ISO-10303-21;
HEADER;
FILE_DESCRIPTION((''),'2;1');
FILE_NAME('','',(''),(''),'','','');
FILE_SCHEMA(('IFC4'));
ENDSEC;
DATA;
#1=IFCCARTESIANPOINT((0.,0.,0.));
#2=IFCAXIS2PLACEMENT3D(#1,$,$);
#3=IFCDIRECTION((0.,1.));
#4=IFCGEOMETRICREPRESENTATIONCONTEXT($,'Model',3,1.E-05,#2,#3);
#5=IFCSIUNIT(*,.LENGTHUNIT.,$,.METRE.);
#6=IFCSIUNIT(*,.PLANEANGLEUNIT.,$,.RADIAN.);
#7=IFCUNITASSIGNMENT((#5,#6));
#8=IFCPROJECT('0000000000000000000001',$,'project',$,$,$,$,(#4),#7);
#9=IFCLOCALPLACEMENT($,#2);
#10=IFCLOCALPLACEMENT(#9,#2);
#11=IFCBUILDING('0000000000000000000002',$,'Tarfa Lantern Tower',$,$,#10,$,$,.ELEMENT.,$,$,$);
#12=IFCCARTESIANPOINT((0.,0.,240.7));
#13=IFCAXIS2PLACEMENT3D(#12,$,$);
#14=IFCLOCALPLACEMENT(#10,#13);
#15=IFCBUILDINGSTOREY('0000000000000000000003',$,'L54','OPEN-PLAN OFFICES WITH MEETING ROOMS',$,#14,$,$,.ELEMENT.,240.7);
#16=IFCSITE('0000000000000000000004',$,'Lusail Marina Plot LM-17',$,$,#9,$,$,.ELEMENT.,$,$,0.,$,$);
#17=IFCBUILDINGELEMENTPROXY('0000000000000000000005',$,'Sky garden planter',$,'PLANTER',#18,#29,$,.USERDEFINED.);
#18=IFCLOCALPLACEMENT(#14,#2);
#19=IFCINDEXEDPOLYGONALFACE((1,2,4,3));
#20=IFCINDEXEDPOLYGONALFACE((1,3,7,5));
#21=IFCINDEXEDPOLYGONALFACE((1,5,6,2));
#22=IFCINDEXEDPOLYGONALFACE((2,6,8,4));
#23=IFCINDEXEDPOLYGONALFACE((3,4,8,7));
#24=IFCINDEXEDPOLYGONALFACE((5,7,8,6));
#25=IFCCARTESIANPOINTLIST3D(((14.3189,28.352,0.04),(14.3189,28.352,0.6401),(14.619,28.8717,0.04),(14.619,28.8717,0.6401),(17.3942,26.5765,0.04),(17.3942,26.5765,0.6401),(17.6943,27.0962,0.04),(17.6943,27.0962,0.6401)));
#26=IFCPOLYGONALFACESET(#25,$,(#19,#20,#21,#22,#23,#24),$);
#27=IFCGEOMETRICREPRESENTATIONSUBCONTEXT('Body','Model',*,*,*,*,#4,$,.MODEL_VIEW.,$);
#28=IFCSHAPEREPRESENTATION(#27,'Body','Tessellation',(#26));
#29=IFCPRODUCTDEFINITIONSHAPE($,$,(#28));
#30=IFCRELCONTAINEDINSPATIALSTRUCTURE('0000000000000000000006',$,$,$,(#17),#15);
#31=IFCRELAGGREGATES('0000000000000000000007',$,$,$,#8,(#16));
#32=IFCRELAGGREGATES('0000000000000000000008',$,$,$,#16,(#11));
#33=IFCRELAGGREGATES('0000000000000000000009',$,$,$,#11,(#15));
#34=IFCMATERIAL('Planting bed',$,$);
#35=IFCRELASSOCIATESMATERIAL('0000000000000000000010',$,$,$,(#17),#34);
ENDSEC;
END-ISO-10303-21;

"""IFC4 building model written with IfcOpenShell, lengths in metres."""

from ifc_helpers import new_model, si_unit, direction, frame, origin, origin_2d, place, context, subcontext, project, spatial, rectangle, extrude, material, element, save


model = new_model("IFC4")

# Units and contexts
model_context = context("Model", 3, precision=1e-05, world=origin(), true_north=direction((0.0, 1.0)))
body_context = subcontext(model_context, "Body", "Model", "MODEL_VIEW")
ifc_project = project(units=[si_unit("LENGTHUNIT", "METRE"), si_unit("PLANEANGLEUNIT", "RADIAN")], contexts=[model_context])

# Site, building, storey
site_placement = place(None, origin())
site = spatial("IfcSite", under=ifc_project, at=site_placement, Name="Lusail Marina Plot LM-17", CompositionType="ELEMENT", RefElevation=0.0)
building_placement = place(site_placement, origin())
building = spatial("IfcBuilding", under=site, at=building_placement, Name="Tarfa Lantern Tower", CompositionType="ELEMENT")
storey_placement = place(building_placement, frame((0.0, 0.0, 240.7)))
storey = spatial("IfcBuildingStorey", under=building, at=storey_placement, Name="L54", Description="OPEN-PLAN OFFICES WITH MEETING ROOMS", CompositionType="ELEMENT", Elevation=240.7)

# Building element proxy
ifc_material_1 = material(Name="Planting bed")
proxy_placement = place(storey_placement, frame((16.0066, 27.7241, 0.04), z_axis=(0.0, 0.0, 1.0), x_axis=(-0.866025, 0.5, 0.0)))
element("IfcBuildingElementProxy", 1, at=proxy_placement, inside=storey, material=ifc_material_1, Name="Sky garden planter", ObjectType="PLANTER", PredefinedType="USERDEFINED", context=body_context, shape_type="SweptSolid", body=[
    extrude(rectangle(XDim=3.551, YDim=0.6001, at=origin_2d()), origin(), (0.0, 0.0, 1.0), 0.6001),
])

save(model, "model.ifc")
